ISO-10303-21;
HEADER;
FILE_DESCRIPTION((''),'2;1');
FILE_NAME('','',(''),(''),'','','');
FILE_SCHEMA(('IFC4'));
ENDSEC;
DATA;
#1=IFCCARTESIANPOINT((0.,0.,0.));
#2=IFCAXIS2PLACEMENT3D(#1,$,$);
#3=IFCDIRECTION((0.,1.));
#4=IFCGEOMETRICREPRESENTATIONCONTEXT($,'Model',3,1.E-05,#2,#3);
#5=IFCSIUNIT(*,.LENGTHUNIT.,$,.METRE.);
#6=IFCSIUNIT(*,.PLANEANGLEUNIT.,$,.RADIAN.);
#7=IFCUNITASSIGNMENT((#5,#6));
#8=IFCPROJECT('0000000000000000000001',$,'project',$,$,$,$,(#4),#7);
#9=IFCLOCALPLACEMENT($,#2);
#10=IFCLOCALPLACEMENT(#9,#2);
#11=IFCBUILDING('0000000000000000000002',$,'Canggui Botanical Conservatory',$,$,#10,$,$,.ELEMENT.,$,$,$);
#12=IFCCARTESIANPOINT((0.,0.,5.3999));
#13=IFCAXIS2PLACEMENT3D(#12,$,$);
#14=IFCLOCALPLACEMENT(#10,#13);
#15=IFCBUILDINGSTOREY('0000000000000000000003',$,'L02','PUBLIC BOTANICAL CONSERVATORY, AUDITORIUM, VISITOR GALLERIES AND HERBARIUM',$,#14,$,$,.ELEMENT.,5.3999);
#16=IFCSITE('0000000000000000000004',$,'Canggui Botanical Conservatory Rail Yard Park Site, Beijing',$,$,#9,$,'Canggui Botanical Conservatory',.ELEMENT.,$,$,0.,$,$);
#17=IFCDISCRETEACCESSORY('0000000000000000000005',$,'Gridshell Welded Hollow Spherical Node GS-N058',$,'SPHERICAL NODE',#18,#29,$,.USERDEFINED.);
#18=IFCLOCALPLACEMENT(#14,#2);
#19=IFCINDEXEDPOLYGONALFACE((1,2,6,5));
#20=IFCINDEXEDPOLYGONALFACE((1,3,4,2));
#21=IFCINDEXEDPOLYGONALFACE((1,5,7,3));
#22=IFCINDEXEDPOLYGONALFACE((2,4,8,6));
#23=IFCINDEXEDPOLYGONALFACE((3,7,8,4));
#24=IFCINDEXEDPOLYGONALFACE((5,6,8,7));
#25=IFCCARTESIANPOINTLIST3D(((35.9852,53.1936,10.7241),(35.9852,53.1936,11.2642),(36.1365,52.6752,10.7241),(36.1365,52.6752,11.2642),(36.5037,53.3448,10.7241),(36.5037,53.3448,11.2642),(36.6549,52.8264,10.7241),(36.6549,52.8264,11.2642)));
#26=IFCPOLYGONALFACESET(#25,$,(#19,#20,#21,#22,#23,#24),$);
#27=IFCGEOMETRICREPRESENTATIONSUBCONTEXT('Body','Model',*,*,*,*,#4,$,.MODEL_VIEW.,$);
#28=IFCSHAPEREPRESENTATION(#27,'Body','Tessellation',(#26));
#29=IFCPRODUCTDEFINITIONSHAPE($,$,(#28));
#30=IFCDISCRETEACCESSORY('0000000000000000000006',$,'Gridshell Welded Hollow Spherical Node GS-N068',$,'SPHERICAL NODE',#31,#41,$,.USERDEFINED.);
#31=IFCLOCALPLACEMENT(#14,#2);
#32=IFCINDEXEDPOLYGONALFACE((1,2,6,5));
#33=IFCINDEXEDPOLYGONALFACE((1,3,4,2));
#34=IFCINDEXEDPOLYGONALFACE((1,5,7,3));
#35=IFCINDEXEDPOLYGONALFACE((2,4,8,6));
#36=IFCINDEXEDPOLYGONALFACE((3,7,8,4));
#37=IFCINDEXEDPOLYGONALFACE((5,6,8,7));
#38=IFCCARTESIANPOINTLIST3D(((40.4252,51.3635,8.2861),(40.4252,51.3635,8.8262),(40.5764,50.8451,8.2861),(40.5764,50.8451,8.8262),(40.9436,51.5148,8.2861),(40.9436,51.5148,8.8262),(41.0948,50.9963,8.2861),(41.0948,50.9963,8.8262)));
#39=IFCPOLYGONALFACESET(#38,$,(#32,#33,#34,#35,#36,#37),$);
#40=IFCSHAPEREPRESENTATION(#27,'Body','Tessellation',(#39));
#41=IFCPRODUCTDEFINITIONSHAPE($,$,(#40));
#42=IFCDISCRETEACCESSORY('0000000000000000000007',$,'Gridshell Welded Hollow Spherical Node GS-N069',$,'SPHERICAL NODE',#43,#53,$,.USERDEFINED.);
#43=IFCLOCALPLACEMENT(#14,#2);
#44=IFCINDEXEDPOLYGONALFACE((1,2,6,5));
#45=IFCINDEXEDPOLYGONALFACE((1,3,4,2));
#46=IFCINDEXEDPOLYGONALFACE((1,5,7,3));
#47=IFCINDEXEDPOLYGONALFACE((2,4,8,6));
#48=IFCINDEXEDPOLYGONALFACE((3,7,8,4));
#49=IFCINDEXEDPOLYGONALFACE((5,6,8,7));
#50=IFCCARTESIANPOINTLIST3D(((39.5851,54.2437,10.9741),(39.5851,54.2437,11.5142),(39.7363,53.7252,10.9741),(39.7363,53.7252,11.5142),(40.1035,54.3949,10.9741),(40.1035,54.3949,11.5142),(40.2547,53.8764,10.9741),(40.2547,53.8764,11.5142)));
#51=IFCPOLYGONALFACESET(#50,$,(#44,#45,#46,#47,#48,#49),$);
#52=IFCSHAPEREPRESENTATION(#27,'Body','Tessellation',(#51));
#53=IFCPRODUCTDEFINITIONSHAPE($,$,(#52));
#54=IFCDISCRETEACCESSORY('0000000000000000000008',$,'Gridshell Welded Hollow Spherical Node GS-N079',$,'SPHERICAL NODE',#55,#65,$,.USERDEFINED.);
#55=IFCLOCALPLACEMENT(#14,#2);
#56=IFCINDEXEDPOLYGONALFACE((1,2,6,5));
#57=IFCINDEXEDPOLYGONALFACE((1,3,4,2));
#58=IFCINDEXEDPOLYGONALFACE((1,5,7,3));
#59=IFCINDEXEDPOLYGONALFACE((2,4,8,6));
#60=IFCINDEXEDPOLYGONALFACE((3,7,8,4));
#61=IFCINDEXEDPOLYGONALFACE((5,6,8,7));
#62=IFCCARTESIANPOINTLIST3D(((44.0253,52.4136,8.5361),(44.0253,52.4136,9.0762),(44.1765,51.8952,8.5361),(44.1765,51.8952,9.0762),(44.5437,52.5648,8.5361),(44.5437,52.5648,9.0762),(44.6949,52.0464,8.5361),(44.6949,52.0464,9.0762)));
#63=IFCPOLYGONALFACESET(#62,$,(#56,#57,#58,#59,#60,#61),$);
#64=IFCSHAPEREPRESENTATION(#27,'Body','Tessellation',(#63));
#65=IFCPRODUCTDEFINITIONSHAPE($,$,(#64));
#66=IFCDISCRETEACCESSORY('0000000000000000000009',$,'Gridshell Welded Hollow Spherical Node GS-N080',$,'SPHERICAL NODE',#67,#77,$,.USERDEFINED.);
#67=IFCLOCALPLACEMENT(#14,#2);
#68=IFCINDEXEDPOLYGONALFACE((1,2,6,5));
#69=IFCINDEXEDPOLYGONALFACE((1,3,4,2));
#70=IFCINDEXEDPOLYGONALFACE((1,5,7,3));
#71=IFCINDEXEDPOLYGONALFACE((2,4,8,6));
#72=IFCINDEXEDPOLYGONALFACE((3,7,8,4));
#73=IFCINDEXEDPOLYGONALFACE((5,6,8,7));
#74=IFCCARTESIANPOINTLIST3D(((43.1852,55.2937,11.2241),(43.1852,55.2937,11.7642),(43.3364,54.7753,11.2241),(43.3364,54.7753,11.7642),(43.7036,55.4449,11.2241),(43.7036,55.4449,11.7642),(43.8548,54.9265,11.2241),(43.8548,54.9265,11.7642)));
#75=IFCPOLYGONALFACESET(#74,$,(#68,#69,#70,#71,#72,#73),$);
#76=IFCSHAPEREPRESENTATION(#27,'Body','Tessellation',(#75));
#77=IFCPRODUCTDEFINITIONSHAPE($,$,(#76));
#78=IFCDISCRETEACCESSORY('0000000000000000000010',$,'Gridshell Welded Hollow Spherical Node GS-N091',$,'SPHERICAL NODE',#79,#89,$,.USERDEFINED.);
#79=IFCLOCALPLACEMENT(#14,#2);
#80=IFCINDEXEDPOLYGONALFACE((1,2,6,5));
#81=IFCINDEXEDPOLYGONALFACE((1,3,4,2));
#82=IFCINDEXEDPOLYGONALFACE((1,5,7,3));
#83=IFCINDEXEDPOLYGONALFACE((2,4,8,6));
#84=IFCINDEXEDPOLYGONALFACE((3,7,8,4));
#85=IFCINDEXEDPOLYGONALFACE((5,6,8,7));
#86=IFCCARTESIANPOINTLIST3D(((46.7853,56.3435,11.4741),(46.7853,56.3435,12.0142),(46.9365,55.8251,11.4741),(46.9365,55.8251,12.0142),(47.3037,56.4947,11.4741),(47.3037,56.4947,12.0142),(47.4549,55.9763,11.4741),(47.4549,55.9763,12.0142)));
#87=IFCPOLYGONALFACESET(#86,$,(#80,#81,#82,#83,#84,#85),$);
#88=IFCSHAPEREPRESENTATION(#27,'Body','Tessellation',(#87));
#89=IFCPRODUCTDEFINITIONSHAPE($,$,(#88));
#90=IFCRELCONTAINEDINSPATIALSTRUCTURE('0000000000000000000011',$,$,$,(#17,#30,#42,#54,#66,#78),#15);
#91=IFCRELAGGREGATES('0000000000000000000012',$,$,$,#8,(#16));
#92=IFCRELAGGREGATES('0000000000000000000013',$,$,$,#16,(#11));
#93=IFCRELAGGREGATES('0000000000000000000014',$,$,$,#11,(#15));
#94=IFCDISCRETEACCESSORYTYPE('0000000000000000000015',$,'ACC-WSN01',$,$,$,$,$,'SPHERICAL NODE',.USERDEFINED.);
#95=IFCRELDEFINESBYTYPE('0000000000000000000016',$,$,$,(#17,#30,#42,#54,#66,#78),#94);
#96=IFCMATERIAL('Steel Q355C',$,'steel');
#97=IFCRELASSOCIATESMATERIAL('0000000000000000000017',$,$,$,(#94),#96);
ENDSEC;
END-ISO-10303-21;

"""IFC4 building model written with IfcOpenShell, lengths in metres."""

from ifc_helpers import new_model, si_unit, direction, frame, origin, origin_2d, place, context, subcontext, project, spatial, rectangle, extrude, material, type_object, element, save


model = new_model("IFC4")

# Units and contexts
model_context = context("Model", 3, precision=1e-05, world=origin(), true_north=direction((0.0, 1.0)))
body_context = subcontext(model_context, "Body", "Model", "MODEL_VIEW")
ifc_project = project(units=[si_unit("LENGTHUNIT", "METRE"), si_unit("PLANEANGLEUNIT", "RADIAN")], contexts=[model_context])

# Site, building, storey
site_placement = place(None, origin())
site = spatial("IfcSite", under=ifc_project, at=site_placement, Name="Canggui Botanical Conservatory Rail Yard Park Site, Beijing", LongName="Canggui Botanical Conservatory", CompositionType="ELEMENT", RefElevation=0.0)
building_placement = place(site_placement, origin())
building = spatial("IfcBuilding", under=site, at=building_placement, Name="Canggui Botanical Conservatory", CompositionType="ELEMENT")
storey_placement = place(building_placement, frame((0.0, 0.0, 5.3999)))
storey = spatial("IfcBuildingStorey", under=building, at=storey_placement, Name="L02", Description="PUBLIC BOTANICAL CONSERVATORY, AUDITORIUM, VISITOR GALLERIES AND HERBARIUM", CompositionType="ELEMENT", Elevation=5.3999)

# Shared definitions
ifc_material_1 = material(Name="Steel Q355C", Category="steel")

# Discrete accessories
discrete_accessory_type_1 = type_object("IfcDiscreteAccessoryType", Name="ACC-WSN01", ElementType="SPHERICAL NODE", PredefinedType="USERDEFINED", material=ifc_material_1)
for number, where, z_axis, x_axis, name in (
    (1, (36.3201, 53.01, 10.7241), (0.0, 0.0, 1.0), (0.96, 0.28, 0.0), "Gridshell Welded Hollow Spherical Node GS-N058"),
    (2, (40.76, 51.1799, 8.2861), (0.0, 0.0, 1.0), (0.96, 0.28, 0.0), "Gridshell Welded Hollow Spherical Node GS-N068"),
    (3, (39.9199, 54.0601, 10.9741), (0.0, 0.0, 1.0), (0.96, 0.28, 0.0), "Gridshell Welded Hollow Spherical Node GS-N069"),
    (4, (44.3601, 52.23, 8.5361), (0.0, 0.0, 1.0), (0.96, 0.28, 0.0), "Gridshell Welded Hollow Spherical Node GS-N079"),
    (5, (43.52, 55.1101, 11.2241), (0.0, 0.0, 1.0), (0.96, 0.28, 0.0), "Gridshell Welded Hollow Spherical Node GS-N080"),
    (6, (47.1201, 56.1599, 11.4741), (0.0, 0.0, 1.0), (0.96, 0.28, 0.0), "Gridshell Welded Hollow Spherical Node GS-N091"),
):
    element("IfcDiscreteAccessory", number, at=place(storey_placement, frame(where, z_axis=z_axis, x_axis=x_axis)), inside=storey, type_object=discrete_accessory_type_1, Name=name, ObjectType="SPHERICAL NODE", PredefinedType="USERDEFINED", context=body_context, shape_type="SweptSolid", body=[
        extrude(rectangle(XDim=0.54, YDim=0.54, at=origin_2d()), origin(), (0.0, 0.0, 1.0), 0.54),
    ])

save(model, "model.ifc")
